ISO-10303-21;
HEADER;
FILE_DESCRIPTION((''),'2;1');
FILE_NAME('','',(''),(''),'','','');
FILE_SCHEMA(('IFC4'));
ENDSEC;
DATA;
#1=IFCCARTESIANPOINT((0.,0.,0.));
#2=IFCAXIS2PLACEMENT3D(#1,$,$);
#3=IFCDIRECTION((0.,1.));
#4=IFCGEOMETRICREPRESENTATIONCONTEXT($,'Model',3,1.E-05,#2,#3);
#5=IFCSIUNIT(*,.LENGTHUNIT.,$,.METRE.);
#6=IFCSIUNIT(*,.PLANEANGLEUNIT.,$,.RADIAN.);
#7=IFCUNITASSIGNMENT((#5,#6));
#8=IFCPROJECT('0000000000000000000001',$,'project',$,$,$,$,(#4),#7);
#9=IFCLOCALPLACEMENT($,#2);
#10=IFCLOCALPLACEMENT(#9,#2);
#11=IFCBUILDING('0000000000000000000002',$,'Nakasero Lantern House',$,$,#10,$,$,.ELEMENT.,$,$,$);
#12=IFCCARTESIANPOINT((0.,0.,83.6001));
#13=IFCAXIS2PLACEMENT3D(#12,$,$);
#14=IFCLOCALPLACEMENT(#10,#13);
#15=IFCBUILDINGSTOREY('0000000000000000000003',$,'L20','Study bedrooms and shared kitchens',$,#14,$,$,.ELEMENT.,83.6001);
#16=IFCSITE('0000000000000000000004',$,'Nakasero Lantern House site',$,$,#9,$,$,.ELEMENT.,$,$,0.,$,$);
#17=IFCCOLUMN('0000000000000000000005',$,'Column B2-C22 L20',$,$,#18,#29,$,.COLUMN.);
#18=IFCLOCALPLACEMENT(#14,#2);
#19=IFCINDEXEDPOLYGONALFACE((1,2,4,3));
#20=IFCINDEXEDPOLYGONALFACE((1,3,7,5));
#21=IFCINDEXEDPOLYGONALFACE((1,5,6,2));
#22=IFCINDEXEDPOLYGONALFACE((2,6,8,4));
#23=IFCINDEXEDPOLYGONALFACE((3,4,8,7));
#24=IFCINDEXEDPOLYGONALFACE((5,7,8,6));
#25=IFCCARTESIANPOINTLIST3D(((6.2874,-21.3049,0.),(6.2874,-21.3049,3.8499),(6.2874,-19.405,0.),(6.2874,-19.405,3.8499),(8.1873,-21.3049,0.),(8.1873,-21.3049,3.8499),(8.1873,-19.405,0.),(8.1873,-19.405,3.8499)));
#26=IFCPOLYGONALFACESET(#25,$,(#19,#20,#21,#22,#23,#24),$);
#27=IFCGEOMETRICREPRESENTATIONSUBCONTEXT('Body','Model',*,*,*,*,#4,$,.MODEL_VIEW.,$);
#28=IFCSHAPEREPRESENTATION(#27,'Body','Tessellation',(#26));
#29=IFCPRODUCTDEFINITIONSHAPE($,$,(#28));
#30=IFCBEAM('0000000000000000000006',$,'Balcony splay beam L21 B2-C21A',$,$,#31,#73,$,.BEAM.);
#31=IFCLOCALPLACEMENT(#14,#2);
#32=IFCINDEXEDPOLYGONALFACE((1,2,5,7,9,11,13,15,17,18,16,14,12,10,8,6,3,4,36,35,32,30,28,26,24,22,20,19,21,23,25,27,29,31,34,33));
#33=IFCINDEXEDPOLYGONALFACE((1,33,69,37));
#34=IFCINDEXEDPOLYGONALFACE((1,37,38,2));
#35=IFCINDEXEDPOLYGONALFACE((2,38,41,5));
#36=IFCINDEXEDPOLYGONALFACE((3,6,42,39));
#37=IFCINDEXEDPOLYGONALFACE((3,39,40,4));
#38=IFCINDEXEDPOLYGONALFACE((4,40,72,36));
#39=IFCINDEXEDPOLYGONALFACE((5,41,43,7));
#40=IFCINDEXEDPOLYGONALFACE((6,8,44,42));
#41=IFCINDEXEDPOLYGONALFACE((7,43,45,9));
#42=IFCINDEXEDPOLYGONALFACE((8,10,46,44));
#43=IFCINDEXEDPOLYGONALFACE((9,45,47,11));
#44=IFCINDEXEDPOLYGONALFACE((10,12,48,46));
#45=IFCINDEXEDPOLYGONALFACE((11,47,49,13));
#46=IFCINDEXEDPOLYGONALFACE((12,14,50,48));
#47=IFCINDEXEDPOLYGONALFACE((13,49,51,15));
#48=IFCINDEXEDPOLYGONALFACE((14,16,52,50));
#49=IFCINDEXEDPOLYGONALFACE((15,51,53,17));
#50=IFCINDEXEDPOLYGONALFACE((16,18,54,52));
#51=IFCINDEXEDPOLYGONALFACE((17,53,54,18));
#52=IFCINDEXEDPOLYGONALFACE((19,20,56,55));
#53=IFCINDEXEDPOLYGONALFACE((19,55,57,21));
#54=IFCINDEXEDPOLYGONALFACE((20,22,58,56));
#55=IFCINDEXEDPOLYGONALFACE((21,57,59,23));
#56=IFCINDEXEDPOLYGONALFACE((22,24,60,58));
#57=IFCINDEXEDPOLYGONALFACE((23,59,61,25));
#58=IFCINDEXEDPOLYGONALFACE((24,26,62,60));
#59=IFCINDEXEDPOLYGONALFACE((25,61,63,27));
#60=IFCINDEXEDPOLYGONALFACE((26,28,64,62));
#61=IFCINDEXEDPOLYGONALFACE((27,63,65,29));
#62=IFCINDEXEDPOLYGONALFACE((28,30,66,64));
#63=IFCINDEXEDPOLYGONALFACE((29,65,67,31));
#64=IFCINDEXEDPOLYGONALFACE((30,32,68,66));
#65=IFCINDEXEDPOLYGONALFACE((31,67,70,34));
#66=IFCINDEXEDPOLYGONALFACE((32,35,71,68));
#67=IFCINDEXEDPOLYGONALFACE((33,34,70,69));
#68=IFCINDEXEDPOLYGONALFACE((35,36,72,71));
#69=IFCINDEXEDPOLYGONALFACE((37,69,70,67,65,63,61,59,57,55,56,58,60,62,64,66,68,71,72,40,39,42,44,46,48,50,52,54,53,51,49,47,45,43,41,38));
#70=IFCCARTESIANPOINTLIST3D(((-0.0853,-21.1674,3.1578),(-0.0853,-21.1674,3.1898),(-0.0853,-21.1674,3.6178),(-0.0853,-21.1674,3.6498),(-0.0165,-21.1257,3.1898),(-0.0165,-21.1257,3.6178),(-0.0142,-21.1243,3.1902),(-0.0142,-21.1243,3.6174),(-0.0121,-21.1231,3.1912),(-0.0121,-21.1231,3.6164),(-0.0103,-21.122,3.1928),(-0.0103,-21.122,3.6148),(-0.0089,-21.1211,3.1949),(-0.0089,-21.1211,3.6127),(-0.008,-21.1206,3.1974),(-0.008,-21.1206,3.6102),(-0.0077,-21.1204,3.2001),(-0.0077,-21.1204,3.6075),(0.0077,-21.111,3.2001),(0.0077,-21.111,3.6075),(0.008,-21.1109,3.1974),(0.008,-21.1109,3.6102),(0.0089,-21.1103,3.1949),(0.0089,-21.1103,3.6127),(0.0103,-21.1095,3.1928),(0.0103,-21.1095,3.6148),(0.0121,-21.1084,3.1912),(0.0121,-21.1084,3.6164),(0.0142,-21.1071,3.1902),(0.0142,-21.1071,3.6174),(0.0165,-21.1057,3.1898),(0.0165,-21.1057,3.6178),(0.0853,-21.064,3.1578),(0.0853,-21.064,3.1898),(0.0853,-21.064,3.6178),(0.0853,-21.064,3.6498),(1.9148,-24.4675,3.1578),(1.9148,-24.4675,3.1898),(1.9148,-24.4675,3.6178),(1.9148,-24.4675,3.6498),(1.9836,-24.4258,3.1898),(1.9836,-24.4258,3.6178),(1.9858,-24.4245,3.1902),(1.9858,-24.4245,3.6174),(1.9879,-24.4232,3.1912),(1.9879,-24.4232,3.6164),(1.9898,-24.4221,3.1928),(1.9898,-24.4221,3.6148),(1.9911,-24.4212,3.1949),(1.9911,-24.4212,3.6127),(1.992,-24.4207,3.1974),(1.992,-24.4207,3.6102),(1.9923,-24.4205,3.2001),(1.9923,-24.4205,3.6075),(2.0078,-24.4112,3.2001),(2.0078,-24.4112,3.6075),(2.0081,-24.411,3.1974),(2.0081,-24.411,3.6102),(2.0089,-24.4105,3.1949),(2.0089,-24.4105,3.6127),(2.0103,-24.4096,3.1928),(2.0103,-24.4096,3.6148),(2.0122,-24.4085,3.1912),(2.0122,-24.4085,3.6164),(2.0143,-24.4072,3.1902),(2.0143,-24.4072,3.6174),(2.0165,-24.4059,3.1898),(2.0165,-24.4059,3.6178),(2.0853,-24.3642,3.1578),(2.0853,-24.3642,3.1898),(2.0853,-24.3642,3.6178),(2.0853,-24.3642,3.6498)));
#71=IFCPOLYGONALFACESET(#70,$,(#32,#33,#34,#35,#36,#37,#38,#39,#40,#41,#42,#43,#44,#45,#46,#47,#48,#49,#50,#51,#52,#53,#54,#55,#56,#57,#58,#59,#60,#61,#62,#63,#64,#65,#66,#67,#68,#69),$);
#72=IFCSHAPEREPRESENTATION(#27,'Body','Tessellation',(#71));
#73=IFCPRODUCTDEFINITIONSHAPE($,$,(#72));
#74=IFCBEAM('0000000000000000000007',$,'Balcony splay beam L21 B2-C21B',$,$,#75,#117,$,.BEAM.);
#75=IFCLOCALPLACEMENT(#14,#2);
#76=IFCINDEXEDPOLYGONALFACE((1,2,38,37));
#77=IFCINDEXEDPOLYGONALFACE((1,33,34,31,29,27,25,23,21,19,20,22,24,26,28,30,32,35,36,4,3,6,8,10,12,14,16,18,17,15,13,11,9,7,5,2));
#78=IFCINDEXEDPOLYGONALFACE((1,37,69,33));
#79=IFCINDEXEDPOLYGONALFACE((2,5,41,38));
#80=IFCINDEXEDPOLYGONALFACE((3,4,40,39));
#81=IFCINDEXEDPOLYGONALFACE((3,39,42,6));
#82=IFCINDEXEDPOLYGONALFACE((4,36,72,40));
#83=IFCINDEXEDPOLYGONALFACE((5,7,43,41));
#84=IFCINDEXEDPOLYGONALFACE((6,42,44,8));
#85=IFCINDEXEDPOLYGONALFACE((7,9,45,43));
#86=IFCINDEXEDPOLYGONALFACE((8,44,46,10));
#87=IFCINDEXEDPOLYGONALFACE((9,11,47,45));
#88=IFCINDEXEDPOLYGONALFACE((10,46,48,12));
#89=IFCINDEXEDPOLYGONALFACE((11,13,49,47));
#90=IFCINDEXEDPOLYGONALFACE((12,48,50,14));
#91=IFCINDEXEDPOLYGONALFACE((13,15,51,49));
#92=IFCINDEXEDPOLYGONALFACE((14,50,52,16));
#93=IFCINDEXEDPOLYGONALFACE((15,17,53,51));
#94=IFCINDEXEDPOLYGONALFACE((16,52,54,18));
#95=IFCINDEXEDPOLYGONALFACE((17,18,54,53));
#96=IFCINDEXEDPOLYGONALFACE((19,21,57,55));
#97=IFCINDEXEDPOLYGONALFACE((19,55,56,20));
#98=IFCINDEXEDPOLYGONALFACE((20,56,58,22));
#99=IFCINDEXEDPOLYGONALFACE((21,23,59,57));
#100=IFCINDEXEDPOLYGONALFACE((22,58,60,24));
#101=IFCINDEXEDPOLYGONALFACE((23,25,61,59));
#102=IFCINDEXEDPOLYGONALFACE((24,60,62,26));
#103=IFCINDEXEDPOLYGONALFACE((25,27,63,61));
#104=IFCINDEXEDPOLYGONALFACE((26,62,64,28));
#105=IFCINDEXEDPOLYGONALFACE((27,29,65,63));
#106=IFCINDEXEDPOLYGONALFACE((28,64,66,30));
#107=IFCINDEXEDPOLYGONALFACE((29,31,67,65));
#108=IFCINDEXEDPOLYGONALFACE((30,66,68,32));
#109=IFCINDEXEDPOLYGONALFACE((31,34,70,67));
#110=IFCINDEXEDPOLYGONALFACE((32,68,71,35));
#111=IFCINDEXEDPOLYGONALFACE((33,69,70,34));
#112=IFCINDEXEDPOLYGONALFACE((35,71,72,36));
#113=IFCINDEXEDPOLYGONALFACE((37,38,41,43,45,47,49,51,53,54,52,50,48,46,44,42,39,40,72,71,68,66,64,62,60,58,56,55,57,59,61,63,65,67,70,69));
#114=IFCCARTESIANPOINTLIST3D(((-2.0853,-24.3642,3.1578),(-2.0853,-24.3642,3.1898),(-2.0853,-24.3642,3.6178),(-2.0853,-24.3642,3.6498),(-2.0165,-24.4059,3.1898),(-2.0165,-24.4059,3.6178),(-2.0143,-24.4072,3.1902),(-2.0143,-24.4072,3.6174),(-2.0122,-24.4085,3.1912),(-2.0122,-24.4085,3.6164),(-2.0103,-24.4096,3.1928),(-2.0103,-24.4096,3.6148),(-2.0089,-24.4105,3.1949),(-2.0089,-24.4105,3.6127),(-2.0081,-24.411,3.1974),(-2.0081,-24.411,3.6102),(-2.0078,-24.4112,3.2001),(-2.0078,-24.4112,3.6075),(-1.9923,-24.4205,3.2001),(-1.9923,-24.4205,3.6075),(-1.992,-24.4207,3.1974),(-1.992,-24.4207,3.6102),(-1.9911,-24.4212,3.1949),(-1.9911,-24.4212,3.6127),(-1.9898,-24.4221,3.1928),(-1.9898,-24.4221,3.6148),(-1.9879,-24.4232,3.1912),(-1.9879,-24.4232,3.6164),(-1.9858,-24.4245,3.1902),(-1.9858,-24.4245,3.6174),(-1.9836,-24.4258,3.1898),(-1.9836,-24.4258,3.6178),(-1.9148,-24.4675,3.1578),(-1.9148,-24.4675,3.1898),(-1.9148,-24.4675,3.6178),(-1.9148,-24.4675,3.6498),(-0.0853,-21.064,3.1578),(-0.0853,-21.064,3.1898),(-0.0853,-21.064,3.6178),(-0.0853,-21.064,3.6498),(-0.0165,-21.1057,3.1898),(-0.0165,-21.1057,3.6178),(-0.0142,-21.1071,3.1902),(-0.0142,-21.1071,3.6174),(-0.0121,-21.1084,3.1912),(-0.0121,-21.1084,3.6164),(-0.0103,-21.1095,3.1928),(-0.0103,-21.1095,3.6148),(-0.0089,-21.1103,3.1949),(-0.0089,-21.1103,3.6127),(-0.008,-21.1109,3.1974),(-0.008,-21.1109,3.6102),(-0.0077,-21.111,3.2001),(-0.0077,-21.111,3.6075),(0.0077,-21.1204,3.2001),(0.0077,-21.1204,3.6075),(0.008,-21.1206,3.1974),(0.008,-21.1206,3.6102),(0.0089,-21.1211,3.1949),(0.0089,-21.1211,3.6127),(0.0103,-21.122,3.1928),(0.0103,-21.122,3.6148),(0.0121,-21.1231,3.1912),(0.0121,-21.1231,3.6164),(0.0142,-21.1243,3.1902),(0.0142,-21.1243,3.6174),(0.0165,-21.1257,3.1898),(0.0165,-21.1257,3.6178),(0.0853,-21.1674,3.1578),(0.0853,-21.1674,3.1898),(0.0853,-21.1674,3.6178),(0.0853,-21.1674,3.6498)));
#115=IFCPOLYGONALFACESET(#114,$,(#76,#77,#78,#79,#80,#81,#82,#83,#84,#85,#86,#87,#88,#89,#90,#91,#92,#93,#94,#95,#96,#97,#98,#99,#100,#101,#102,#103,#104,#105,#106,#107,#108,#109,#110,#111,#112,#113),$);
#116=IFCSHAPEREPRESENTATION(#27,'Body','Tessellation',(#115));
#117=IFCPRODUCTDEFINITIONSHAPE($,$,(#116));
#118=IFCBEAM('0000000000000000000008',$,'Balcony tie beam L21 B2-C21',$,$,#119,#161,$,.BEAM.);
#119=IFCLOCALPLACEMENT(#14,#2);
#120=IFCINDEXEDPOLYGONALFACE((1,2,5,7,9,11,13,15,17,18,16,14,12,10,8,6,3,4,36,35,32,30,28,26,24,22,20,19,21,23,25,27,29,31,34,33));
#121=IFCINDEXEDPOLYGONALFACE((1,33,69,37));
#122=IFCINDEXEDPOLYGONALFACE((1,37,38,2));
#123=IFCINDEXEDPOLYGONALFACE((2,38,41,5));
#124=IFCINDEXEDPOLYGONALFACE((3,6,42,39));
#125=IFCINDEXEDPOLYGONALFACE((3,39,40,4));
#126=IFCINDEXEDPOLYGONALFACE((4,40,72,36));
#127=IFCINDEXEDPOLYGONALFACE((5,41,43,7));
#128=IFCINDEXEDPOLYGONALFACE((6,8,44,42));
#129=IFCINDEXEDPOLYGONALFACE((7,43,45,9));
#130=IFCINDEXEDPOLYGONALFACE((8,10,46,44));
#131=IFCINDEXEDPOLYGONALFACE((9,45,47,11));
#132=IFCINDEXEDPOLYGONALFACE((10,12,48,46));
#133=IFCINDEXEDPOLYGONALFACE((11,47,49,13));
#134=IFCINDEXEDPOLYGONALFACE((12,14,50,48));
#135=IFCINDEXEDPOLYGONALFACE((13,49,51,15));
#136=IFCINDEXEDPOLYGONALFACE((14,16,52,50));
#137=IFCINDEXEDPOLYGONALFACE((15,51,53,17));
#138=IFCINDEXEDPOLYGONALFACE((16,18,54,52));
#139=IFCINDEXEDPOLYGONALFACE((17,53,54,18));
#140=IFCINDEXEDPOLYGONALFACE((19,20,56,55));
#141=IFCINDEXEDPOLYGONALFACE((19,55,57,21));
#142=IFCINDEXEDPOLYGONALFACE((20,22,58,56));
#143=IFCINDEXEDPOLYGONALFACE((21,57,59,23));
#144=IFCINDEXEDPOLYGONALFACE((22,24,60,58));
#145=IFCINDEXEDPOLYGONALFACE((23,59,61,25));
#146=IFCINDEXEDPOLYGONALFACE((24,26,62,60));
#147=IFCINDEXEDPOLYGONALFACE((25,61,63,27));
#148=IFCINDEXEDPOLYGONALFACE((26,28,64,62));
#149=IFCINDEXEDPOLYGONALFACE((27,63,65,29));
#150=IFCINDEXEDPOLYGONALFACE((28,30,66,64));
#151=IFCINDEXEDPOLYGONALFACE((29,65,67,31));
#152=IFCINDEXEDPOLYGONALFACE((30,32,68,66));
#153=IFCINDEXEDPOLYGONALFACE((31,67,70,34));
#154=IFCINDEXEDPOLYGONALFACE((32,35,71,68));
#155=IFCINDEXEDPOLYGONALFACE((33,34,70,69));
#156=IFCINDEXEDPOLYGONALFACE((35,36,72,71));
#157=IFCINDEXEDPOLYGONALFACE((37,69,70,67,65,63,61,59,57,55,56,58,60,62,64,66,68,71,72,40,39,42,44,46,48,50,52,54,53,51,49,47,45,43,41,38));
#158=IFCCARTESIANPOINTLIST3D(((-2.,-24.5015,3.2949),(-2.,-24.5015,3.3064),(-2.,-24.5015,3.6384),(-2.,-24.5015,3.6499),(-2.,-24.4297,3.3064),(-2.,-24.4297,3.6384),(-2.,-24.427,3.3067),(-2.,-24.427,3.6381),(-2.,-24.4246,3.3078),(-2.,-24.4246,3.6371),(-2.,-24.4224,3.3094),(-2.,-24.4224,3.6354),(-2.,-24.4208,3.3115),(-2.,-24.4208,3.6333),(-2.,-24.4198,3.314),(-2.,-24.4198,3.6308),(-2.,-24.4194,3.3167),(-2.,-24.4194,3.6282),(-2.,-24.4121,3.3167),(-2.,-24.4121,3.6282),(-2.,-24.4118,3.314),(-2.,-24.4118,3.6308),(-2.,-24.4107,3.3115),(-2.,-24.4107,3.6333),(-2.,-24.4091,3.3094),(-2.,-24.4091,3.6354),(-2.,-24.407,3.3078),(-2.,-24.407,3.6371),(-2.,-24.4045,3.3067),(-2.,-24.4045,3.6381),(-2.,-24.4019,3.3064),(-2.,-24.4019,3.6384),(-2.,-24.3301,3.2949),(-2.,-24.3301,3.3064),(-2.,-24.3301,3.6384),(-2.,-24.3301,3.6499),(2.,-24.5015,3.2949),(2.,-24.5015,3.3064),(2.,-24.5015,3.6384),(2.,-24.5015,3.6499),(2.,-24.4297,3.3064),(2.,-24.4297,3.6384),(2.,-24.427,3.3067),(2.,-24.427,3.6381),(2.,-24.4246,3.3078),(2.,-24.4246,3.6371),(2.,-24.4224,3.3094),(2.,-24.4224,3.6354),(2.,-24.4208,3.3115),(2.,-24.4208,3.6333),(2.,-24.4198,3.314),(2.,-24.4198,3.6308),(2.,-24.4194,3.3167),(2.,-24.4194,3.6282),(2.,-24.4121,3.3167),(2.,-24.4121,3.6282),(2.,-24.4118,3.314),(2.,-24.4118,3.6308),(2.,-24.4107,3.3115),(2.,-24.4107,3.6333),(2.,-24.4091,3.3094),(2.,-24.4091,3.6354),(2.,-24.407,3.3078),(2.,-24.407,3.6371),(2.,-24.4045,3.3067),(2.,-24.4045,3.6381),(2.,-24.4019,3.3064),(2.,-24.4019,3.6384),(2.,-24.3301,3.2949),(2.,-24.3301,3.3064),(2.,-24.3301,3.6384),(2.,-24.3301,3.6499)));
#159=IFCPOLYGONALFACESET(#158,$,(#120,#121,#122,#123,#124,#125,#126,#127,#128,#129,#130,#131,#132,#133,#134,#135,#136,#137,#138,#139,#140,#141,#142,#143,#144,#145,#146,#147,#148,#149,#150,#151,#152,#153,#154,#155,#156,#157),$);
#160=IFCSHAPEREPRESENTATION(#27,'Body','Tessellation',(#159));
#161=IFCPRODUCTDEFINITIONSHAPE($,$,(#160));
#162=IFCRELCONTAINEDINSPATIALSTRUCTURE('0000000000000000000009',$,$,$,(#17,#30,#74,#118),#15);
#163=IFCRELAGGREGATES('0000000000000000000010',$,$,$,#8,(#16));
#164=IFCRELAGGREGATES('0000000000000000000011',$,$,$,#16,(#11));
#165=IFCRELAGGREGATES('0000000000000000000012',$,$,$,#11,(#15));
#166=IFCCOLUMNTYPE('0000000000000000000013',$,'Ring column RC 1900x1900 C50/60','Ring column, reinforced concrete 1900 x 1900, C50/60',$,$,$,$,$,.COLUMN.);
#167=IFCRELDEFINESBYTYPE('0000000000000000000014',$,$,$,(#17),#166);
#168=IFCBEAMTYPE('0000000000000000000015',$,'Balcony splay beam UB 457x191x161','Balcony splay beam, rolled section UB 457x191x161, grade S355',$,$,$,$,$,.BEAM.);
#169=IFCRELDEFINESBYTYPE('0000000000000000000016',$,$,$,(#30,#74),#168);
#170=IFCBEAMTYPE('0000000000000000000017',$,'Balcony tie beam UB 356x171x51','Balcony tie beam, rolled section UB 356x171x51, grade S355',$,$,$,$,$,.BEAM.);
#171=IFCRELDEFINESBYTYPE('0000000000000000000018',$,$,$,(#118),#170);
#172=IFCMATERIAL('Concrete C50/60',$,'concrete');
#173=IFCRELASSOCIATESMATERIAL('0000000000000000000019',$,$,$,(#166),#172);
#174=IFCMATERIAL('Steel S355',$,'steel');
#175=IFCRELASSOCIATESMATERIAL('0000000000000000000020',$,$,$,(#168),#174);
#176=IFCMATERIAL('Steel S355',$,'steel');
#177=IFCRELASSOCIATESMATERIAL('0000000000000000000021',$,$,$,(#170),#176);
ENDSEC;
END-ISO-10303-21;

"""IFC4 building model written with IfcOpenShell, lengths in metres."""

from ifc_helpers import new_model, si_unit, direction, frame, origin, origin_2d, place, context, subcontext, project, spatial, rectangle, i_section, extrude, material, material_profile, profile_set, type_object, element, save


model = new_model("IFC4")

# Units and contexts
model_context = context("Model", 3, precision=1e-05, world=origin(), true_north=direction((0.0, 1.0)))
body_context = subcontext(model_context, "Body", "Model", "MODEL_VIEW")
ifc_project = project(units=[si_unit("LENGTHUNIT", "METRE"), si_unit("PLANEANGLEUNIT", "RADIAN")], contexts=[model_context])

# Site, building, storey
site_placement = place(None, origin())
site = spatial("IfcSite", under=ifc_project, at=site_placement, Name="Nakasero Lantern House site", CompositionType="ELEMENT", RefElevation=0.0)
building_placement = place(site_placement, origin())
building = spatial("IfcBuilding", under=site, at=building_placement, Name="Nakasero Lantern House", CompositionType="ELEMENT")
storey_placement = place(building_placement, frame((0.0, 0.0, 83.6001)))
storey = spatial("IfcBuildingStorey", under=building, at=storey_placement, Name="L20", Description="Study bedrooms and shared kitchens", CompositionType="ELEMENT", Elevation=83.6001)

# Column
ifc_material_1 = material(Name="Concrete C50/60", Category="concrete")
ifc_material_profile_1 = material_profile(ifc_material_1, rectangle(XDim=1.8999, YDim=1.8999, at=origin_2d()), Name="RC 1900x1900")
ifc_profile_set_1 = profile_set([ifc_material_profile_1], Name="Concrete C50/60")
column_type = type_object("IfcColumnType", Name="Ring column RC 1900x1900 C50/60", Description="Ring column, reinforced concrete 1900 x 1900, C50/60", PredefinedType="COLUMN", material=ifc_profile_set_1)
column_placement = place(storey_placement, frame((7.2373, -20.355, 0.0), z_axis=(0.0, 0.0, 1.0), x_axis=(1.0, 0.0, 0.0)))
element("IfcColumn", 1, at=column_placement, inside=storey, type_object=column_type, Name="Column B2-C22 L20", PredefinedType="COLUMN", context=body_context, shape_type="SweptSolid", body=[
    extrude(rectangle(XDim=1.8999, YDim=1.8999, at=origin_2d()), origin(), (0.0, 0.0, 1.0), 3.8499),
])

# Beams
ifc_material_2 = material(Name="Steel S355", Category="steel")
ifc_material_profile_2 = material_profile(ifc_material_2, i_section(OverallWidth=0.1995, OverallDepth=0.4919, WebThickness=0.0181, FlangeThickness=0.032, FilletRadius=0.0103, at=origin_2d()), Name="UB 457x191x161")
ifc_profile_set_2 = profile_set([ifc_material_profile_2], Name="Steel S355")
beam_type_1 = type_object("IfcBeamType", Name="Balcony splay beam UB 457x191x161", Description="Balcony splay beam, rolled section UB 457x191x161, grade S355", PredefinedType="BEAM", material=ifc_profile_set_2)
for number, where, z_axis, x_axis, name in (
    (2, (0.0, -21.1157, 3.4038), (0.518296, -0.855201, 0.0), (0.855201, 0.518296, 0.0), "Balcony splay beam L21 B2-C21A"),
    (3, (0.0, -21.1157, 3.4038), (-0.518296, -0.855201, 0.0), (0.855201, -0.518296, 0.0), "Balcony splay beam L21 B2-C21B"),
):
    element("IfcBeam", number, at=place(storey_placement, frame(where, z_axis=z_axis, x_axis=x_axis)), inside=storey, type_object=beam_type_1, Name=name, PredefinedType="BEAM", context=body_context, shape_type="SweptSolid", body=[
        extrude(i_section(OverallWidth=0.1995, OverallDepth=0.4919, WebThickness=0.0181, FlangeThickness=0.032, FilletRadius=0.0103, at=origin_2d()), origin(), (0.0, 0.0, 1.0), 3.8589),
    ])
ifc_material_3 = material(Name="Steel S355", Category="steel")
ifc_material_profile_3 = material_profile(ifc_material_3, i_section(OverallWidth=0.1714, OverallDepth=0.355, WebThickness=0.0073, FlangeThickness=0.0115, FilletRadius=0.0103, at=origin_2d()), Name="UB 356x171x51")
ifc_profile_set_3 = profile_set([ifc_material_profile_3], Name="Steel S355")
beam_type_2 = type_object("IfcBeamType", Name="Balcony tie beam UB 356x171x51", Description="Balcony tie beam, rolled section UB 356x171x51, grade S355", PredefinedType="BEAM", material=ifc_profile_set_3)
beam_1_placement = place(storey_placement, frame((2.0, -24.4158, 3.4724), z_axis=(-1.0, 0.0, 0.0), x_axis=(0.0, -1.0, 0.0)))
element("IfcBeam", 4, at=beam_1_placement, inside=storey, type_object=beam_type_2, Name="Balcony tie beam L21 B2-C21", PredefinedType="BEAM", context=body_context, shape_type="SweptSolid", body=[
    extrude(i_section(OverallWidth=0.1714, OverallDepth=0.355, WebThickness=0.0073, FlangeThickness=0.0115, FilletRadius=0.0103, at=origin_2d()), origin(), (0.0, 0.0, 1.0), 4.0),
])

save(model, "model.ifc")
